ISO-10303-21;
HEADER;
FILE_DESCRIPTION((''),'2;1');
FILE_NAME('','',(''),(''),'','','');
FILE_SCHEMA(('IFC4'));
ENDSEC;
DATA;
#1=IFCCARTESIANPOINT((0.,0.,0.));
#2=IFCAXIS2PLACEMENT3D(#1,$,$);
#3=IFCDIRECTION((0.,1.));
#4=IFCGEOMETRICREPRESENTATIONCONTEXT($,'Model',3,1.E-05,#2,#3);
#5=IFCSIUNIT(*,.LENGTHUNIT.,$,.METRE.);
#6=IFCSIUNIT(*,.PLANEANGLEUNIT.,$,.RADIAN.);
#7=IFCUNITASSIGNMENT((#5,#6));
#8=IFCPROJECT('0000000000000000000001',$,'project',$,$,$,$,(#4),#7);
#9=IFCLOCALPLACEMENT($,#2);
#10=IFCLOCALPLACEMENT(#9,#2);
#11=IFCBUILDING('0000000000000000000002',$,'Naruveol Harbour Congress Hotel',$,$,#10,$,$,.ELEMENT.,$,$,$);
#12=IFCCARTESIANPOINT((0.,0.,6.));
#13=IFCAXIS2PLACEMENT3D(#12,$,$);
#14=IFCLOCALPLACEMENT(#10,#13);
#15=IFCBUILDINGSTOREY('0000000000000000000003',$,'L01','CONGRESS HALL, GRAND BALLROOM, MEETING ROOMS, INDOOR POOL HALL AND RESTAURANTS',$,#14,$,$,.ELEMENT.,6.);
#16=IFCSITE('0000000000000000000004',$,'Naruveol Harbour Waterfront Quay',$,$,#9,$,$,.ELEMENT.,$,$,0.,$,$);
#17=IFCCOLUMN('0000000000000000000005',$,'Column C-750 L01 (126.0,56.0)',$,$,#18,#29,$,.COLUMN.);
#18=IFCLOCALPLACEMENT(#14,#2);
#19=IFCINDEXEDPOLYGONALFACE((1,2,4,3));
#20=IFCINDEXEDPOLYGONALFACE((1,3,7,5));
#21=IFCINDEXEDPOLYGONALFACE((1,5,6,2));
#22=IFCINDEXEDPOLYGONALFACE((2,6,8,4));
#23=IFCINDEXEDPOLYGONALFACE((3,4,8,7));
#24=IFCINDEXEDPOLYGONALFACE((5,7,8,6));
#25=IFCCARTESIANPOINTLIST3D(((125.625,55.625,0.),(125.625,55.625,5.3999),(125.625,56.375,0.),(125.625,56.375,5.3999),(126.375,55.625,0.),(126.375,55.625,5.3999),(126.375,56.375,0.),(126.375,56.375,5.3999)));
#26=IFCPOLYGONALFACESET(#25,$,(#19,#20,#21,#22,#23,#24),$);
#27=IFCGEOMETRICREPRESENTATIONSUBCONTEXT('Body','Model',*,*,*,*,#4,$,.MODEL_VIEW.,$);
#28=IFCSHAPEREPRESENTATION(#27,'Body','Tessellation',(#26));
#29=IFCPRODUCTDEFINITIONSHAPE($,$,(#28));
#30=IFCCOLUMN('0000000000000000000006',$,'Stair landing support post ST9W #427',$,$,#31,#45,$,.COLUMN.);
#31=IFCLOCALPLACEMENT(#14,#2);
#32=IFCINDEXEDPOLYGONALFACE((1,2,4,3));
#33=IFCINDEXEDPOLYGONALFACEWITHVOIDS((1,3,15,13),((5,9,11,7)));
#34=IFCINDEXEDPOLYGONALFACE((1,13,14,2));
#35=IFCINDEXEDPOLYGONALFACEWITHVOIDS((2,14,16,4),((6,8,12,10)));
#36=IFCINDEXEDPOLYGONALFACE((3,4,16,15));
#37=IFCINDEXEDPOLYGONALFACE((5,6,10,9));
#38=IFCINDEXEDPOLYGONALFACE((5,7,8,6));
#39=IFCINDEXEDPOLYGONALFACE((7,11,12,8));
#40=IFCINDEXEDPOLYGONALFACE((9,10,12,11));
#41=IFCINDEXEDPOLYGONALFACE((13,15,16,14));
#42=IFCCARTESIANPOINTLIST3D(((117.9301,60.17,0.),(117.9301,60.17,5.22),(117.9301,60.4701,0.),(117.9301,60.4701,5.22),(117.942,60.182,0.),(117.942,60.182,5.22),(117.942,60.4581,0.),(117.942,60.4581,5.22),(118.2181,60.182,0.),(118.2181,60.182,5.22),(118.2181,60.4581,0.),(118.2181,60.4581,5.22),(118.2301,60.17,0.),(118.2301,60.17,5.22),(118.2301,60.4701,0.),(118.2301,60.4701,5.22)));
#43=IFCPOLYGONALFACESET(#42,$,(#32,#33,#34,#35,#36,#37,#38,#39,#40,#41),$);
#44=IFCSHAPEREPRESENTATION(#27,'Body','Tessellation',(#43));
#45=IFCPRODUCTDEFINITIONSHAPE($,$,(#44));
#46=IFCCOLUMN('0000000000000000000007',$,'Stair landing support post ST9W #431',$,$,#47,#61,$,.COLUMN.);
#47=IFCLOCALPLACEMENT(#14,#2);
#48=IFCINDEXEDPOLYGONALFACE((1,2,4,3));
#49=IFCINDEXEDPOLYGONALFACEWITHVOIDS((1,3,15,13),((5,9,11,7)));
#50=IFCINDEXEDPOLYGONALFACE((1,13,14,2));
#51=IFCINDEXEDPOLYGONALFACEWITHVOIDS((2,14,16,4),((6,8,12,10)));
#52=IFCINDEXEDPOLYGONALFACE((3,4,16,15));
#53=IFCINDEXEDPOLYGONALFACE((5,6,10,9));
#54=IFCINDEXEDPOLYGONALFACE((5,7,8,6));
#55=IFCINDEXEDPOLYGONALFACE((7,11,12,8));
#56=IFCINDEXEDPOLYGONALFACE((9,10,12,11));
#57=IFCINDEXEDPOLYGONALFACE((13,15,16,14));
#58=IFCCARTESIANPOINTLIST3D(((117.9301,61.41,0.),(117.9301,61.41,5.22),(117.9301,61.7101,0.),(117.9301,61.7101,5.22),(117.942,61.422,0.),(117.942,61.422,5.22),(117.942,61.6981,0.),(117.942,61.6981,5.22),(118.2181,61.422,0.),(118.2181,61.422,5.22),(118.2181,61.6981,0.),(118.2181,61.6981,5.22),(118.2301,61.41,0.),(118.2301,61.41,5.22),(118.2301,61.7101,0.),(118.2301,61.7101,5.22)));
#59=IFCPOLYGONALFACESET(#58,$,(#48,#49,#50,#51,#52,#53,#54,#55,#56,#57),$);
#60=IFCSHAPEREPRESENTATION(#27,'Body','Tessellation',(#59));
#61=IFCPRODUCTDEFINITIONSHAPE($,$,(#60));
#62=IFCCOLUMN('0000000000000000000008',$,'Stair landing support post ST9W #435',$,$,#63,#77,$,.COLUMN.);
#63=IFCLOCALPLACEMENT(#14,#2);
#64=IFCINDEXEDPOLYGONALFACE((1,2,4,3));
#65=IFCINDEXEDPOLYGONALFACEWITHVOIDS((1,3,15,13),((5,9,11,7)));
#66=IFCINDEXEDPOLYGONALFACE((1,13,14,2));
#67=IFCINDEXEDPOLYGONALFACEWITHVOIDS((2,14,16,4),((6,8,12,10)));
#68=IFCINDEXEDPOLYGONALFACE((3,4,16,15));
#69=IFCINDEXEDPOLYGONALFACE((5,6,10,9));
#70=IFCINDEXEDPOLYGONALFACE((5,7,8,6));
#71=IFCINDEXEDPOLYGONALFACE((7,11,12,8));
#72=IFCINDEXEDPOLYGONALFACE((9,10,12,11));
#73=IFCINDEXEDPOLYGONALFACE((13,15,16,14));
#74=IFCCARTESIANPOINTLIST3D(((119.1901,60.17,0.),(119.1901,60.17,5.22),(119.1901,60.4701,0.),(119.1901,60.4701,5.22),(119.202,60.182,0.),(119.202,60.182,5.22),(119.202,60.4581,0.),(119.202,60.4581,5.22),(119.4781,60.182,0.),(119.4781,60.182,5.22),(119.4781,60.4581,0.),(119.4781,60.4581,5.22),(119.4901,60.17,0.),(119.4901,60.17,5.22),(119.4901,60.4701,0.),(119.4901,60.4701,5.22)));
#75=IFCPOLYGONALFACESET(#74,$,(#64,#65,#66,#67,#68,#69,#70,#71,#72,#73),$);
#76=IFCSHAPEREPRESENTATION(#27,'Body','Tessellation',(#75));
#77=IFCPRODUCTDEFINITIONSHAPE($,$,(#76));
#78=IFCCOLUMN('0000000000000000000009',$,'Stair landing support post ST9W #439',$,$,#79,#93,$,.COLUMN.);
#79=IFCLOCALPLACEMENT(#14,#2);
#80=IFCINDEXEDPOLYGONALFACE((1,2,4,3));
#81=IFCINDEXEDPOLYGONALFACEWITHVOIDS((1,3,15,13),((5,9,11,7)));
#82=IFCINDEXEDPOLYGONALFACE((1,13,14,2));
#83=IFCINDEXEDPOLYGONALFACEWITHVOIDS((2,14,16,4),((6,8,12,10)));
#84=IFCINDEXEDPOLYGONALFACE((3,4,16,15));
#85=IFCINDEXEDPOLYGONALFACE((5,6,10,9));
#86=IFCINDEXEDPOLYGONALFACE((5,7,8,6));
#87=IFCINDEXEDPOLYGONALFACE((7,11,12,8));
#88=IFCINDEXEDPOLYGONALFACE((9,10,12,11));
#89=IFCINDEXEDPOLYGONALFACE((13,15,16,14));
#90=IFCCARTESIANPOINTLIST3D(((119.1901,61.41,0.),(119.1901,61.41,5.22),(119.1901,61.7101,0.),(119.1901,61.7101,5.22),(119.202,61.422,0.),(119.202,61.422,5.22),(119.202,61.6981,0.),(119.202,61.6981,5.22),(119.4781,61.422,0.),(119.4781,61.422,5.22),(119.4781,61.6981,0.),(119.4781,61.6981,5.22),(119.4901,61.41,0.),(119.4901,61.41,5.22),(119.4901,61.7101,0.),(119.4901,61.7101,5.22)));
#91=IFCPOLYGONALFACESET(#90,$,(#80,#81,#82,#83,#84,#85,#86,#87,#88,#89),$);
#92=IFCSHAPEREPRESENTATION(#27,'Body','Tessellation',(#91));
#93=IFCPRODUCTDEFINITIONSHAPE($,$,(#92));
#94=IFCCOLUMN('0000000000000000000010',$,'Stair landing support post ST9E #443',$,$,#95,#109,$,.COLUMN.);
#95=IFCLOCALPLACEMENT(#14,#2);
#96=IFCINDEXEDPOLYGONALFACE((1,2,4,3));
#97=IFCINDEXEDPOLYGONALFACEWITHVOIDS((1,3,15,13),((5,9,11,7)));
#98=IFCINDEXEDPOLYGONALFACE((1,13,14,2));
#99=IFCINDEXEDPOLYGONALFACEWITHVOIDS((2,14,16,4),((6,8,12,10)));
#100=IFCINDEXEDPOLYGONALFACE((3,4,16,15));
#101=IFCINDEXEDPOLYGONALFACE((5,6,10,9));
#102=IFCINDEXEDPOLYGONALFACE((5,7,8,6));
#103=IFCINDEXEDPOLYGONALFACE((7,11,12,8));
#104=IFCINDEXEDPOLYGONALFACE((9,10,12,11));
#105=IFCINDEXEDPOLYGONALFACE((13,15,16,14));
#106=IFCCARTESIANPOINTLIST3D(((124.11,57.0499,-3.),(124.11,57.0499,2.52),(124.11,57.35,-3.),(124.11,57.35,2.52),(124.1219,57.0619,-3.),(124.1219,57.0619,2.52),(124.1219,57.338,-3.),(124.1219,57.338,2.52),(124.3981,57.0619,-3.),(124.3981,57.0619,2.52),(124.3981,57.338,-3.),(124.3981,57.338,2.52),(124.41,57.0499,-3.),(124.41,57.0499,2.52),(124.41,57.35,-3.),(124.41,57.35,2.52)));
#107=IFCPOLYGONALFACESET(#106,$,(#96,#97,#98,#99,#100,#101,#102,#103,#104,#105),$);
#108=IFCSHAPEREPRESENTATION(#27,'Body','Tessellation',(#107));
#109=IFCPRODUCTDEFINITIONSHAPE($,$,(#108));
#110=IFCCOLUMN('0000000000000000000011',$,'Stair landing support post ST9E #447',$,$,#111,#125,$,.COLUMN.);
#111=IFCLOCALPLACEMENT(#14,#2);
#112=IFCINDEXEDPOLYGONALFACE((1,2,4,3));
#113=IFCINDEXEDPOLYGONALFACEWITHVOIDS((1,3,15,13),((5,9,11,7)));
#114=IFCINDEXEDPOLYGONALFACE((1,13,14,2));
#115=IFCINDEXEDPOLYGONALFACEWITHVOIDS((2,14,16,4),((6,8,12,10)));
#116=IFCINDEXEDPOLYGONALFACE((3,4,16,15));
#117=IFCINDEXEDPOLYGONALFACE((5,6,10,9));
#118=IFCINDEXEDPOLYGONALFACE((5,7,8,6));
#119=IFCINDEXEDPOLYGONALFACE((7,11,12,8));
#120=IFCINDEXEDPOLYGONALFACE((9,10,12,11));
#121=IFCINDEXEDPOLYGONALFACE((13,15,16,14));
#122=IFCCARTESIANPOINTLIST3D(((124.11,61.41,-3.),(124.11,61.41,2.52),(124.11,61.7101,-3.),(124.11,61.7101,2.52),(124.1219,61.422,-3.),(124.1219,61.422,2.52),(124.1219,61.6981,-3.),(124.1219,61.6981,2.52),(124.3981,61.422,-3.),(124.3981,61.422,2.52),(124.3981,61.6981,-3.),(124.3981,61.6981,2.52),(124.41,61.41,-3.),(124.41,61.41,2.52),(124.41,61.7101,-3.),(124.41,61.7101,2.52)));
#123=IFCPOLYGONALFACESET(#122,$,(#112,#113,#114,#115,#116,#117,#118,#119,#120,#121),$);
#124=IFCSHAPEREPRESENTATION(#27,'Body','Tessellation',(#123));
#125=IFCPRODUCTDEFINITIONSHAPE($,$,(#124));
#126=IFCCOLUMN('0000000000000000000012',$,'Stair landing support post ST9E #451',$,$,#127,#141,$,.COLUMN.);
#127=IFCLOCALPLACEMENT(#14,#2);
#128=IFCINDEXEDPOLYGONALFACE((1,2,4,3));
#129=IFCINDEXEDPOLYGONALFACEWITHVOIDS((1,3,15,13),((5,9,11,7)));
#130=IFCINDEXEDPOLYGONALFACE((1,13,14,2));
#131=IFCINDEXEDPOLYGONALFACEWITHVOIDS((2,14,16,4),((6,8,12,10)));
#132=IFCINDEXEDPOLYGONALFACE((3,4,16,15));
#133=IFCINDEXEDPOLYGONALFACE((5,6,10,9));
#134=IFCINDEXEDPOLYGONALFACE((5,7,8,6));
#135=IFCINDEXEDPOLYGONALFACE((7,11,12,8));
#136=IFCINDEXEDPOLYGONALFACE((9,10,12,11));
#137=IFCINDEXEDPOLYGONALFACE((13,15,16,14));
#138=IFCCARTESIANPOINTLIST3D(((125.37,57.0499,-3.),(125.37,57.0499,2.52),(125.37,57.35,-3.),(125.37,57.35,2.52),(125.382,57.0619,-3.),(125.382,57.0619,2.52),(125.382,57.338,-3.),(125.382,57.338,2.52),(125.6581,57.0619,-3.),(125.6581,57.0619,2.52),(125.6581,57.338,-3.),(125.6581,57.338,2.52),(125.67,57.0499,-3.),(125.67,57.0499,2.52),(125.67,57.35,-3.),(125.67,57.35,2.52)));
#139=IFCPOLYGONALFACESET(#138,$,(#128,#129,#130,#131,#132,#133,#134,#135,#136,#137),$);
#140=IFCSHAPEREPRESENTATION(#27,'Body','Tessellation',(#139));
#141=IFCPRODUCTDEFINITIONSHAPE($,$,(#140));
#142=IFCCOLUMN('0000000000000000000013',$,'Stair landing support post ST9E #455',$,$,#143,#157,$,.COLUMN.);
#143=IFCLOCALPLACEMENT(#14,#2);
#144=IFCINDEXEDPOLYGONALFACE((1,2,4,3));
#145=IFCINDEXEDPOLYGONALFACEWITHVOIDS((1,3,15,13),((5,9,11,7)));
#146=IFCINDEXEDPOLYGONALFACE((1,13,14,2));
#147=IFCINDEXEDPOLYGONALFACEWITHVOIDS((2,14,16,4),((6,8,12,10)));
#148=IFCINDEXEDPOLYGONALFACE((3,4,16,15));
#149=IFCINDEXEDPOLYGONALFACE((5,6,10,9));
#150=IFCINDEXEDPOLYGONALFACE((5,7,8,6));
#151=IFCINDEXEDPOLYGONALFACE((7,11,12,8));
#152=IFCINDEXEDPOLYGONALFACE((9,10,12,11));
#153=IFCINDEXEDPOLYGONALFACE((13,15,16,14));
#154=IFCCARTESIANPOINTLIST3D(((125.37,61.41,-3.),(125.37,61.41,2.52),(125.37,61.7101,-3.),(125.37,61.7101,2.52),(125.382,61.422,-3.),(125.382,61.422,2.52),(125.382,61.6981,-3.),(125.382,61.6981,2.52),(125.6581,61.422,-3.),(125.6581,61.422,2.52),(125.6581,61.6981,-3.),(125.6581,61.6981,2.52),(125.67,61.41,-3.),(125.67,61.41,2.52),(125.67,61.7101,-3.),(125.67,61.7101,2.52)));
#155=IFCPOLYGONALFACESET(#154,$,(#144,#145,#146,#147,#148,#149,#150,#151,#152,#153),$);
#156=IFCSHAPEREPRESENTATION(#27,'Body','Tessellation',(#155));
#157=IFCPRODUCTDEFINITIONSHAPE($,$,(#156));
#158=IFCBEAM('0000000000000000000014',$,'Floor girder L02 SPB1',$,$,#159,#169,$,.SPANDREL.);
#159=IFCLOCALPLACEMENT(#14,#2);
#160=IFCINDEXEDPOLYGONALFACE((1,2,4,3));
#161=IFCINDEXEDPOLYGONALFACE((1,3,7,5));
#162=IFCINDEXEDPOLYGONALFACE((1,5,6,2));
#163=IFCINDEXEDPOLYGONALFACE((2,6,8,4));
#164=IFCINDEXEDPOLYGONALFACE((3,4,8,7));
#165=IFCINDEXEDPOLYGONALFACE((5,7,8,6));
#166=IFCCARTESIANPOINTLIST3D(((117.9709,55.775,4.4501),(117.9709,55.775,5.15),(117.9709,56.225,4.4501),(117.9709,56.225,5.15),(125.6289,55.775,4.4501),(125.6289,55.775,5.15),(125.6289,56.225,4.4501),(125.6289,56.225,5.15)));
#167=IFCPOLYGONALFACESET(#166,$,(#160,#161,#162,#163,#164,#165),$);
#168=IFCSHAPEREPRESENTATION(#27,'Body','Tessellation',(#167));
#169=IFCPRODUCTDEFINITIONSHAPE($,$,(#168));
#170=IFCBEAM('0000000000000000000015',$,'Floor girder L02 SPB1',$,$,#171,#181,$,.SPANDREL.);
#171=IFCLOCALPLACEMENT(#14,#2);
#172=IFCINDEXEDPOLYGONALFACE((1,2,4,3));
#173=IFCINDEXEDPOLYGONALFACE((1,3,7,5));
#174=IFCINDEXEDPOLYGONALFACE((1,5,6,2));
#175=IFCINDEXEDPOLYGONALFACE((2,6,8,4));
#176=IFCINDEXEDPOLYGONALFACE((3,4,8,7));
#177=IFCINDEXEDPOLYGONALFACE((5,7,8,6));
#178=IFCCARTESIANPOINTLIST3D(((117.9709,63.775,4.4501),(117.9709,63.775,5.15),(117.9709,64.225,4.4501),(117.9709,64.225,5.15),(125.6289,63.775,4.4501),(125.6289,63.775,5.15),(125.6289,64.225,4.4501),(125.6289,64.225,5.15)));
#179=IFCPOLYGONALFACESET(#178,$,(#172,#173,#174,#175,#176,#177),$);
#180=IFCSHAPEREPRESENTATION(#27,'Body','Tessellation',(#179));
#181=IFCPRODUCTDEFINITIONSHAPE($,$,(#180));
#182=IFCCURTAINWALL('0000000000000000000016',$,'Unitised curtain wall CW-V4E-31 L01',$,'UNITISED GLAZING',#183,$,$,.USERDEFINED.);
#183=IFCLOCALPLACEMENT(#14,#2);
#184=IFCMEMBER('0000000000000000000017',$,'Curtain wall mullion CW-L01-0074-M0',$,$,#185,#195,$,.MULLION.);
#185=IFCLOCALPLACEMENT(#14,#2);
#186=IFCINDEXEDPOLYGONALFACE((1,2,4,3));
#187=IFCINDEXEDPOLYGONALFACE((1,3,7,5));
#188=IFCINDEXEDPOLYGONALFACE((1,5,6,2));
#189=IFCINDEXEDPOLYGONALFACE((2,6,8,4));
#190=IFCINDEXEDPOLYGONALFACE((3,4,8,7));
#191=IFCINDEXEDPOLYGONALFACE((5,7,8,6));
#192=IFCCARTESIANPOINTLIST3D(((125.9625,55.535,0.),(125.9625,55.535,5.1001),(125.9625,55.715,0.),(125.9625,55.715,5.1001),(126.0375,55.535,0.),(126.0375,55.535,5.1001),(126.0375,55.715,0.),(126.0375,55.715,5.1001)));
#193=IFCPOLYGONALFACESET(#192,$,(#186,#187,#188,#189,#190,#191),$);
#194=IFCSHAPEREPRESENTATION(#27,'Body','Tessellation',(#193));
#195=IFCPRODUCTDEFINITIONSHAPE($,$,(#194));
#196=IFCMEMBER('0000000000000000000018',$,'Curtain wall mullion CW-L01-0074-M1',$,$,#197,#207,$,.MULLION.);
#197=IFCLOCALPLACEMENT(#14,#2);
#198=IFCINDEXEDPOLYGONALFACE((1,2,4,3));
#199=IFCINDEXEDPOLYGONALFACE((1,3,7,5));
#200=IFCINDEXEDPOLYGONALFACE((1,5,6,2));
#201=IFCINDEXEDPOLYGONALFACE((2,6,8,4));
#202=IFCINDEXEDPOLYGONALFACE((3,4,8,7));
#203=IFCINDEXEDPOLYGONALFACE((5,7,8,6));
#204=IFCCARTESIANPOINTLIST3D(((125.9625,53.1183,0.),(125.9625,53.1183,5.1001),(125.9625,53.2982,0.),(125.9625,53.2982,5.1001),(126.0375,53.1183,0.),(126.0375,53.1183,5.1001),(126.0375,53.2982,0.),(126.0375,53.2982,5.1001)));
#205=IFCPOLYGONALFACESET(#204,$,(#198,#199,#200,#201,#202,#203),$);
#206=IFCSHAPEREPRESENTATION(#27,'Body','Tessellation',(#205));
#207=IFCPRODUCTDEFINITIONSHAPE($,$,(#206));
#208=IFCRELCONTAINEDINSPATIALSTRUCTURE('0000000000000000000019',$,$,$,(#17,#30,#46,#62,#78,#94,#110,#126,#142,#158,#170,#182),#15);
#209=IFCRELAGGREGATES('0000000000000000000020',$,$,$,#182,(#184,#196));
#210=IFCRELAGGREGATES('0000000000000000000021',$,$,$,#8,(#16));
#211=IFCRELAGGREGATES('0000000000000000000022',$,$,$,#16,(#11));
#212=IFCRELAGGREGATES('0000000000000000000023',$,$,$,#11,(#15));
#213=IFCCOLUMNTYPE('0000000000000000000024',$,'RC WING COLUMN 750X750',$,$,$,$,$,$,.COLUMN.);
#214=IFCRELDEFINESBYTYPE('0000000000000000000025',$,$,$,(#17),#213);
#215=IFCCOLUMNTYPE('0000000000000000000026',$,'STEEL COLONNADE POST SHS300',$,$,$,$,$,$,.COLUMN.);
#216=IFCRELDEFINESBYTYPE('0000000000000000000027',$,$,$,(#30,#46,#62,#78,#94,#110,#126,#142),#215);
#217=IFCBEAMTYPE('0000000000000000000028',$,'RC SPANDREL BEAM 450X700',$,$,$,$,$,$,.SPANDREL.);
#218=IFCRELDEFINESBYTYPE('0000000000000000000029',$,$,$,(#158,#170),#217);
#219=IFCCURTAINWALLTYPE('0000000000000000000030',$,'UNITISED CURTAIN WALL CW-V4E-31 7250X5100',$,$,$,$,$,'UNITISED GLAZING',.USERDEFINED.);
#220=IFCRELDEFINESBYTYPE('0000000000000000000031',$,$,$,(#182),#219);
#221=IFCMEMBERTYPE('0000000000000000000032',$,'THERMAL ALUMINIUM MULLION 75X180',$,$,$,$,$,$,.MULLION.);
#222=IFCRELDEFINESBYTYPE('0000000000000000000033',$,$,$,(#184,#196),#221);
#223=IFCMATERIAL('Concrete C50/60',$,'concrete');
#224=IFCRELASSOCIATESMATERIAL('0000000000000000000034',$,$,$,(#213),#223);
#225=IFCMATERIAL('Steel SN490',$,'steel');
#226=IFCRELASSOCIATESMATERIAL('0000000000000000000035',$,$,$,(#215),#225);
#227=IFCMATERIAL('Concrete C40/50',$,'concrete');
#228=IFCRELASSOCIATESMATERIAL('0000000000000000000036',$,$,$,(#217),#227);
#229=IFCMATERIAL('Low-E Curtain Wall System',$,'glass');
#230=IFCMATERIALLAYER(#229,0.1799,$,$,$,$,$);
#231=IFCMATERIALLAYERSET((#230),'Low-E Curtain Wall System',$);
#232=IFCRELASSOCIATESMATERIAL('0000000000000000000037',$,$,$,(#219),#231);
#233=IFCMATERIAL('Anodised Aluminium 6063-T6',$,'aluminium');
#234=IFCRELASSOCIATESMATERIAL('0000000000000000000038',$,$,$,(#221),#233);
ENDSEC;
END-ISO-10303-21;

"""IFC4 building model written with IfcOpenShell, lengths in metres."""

from ifc_helpers import new_model, si_unit, direction, frame, origin, origin_2d, place, context, subcontext, project, spatial, rectangle, hollow_rectangle, extrude, material, layer, layer_set, material_profile, profile_set, type_object, element, aggregate, save


model = new_model("IFC4")

# Units and contexts
model_context = context("Model", 3, precision=1e-05, world=origin(), true_north=direction((0.0, 1.0)))
body_context = subcontext(model_context, "Body", "Model", "MODEL_VIEW")
ifc_project = project(units=[si_unit("LENGTHUNIT", "METRE"), si_unit("PLANEANGLEUNIT", "RADIAN")], contexts=[model_context])

# Site, building, storey
site_placement = place(None, origin())
site = spatial("IfcSite", under=ifc_project, at=site_placement, Name="Naruveol Harbour Waterfront Quay", CompositionType="ELEMENT", RefElevation=0.0)
building_placement = place(site_placement, origin())
building = spatial("IfcBuilding", under=site, at=building_placement, Name="Naruveol Harbour Congress Hotel", CompositionType="ELEMENT")
storey_placement = place(building_placement, frame((0.0, 0.0, 6.0)))
storey = spatial("IfcBuildingStorey", under=building, at=storey_placement, Name="L01", Description="CONGRESS HALL, GRAND BALLROOM, MEETING ROOMS, INDOOR POOL HALL AND RESTAURANTS", CompositionType="ELEMENT", Elevation=6.0)

# Columns
ifc_material_1 = material(Name="Concrete C50/60", Category="concrete")
ifc_material_profile_1 = material_profile(ifc_material_1, rectangle(XDim=0.75, YDim=0.75, at=origin_2d()), Name="RC-750x750")
ifc_profile_set_1 = profile_set([ifc_material_profile_1], Name="Concrete C50/60")
column_type_1 = type_object("IfcColumnType", Name="RC WING COLUMN 750X750", PredefinedType="COLUMN", material=ifc_profile_set_1)
column_placement = place(storey_placement, frame((126.0, 56.0, 0.0), z_axis=(0.0, 0.0, 1.0), x_axis=(1.0, 0.0, 0.0)))
element("IfcColumn", 1, at=column_placement, inside=storey, type_object=column_type_1, Name="Column C-750 L01 (126.0,56.0)", PredefinedType="COLUMN", context=body_context, shape_type="SweptSolid", body=[
    extrude(rectangle(XDim=0.75, YDim=0.75, at=origin_2d()), origin(), (0.0, 0.0, 1.0), 5.3999),
])
ifc_material_2 = material(Name="Steel SN490", Category="steel")
ifc_material_profile_2 = material_profile(ifc_material_2, hollow_rectangle(XDim=0.3, YDim=0.3, WallThickness=0.012, at=origin_2d()), Name="SHS-300x300x12")
ifc_profile_set_2 = profile_set([ifc_material_profile_2], Name="Steel SN490")
column_type_2 = type_object("IfcColumnType", Name="STEEL COLONNADE POST SHS300", PredefinedType="COLUMN", material=ifc_profile_set_2)
for number, where, z_axis, x_axis, name in (
    (2, (118.0801, 60.3201, 0.0), (0.0, 0.0, 1.0), (1.0, 0.0, 0.0), "Stair landing support post ST9W #427"),
    (3, (118.0801, 61.5601, 0.0), (0.0, 0.0, 1.0), (1.0, 0.0, 0.0), "Stair landing support post ST9W #431"),
    (4, (119.3401, 60.3201, 0.0), (0.0, 0.0, 1.0), (1.0, 0.0, 0.0), "Stair landing support post ST9W #435"),
    (5, (119.3401, 61.5601, 0.0), (0.0, 0.0, 1.0), (1.0, 0.0, 0.0), "Stair landing support post ST9W #439"),
):
    element("IfcColumn", number, at=place(storey_placement, frame(where, z_axis=z_axis, x_axis=x_axis)), inside=storey, type_object=column_type_2, Name=name, PredefinedType="COLUMN", context=body_context, shape_type="SweptSolid", body=[
        extrude(hollow_rectangle(XDim=0.3, YDim=0.3, WallThickness=0.012, at=origin_2d()), origin(), (0.0, 0.0, 1.0), 5.22),
    ])
for number, where, z_axis, x_axis, name in (
    (6, (124.26, 57.2, -3.0), (0.0, 0.0, 1.0), (1.0, 0.0, 0.0), "Stair landing support post ST9E #443"),
    (7, (124.26, 61.5601, -3.0), (0.0, 0.0, 1.0), (1.0, 0.0, 0.0), "Stair landing support post ST9E #447"),
    (8, (125.52, 57.2, -3.0), (0.0, 0.0, 1.0), (1.0, 0.0, 0.0), "Stair landing support post ST9E #451"),
    (9, (125.52, 61.5601, -3.0), (0.0, 0.0, 1.0), (1.0, 0.0, 0.0), "Stair landing support post ST9E #455"),
):
    element("IfcColumn", number, at=place(storey_placement, frame(where, z_axis=z_axis, x_axis=x_axis)), inside=storey, type_object=column_type_2, Name=name, PredefinedType="COLUMN", context=body_context, shape_type="SweptSolid", body=[
        extrude(hollow_rectangle(XDim=0.3, YDim=0.3, WallThickness=0.012, at=origin_2d()), origin(), (0.0, 0.0, 1.0), 5.52),
    ])

# Beams
ifc_material_3 = material(Name="Concrete C40/50", Category="concrete")
ifc_material_profile_3 = material_profile(ifc_material_3, rectangle(XDim=0.45, YDim=0.7, at=origin_2d()), Name="RCB-450x700")
ifc_profile_set_3 = profile_set([ifc_material_profile_3], Name="Concrete C40/50")
beam_type = type_object("IfcBeamType", Name="RC SPANDREL BEAM 450X700", PredefinedType="SPANDREL", material=ifc_profile_set_3)
for number, where, z_axis, x_axis, name in (
    (10, (117.9709, 56.0, 4.8), (1.0, 0.0, 0.0), (0.0, 1.0, 0.0), "Floor girder L02 SPB1"),
    (11, (117.9709, 64.0, 4.8), (1.0, 0.0, 0.0), (0.0, 1.0, 0.0), "Floor girder L02 SPB1"),
):
    element("IfcBeam", number, at=place(storey_placement, frame(where, z_axis=z_axis, x_axis=x_axis)), inside=storey, type_object=beam_type, Name=name, PredefinedType="SPANDREL", context=body_context, shape_type="SweptSolid", body=[
        extrude(rectangle(XDim=0.45, YDim=0.7, at=origin_2d()), origin(), (0.0, 0.0, 1.0), 7.658),
    ])

# Curtain wall, members
ifc_material_4 = material(Name="Low-E Curtain Wall System", Category="glass")
ifc_layer_1 = layer(ifc_material_4, 0.1799)
ifc_layer_set_1 = layer_set([ifc_layer_1], Name="Low-E Curtain Wall System")
curtain_wall_type = type_object("IfcCurtainWallType", Name="UNITISED CURTAIN WALL CW-V4E-31 7250X5100", ElementType="UNITISED GLAZING", PredefinedType="USERDEFINED", material=ifc_layer_set_1)
curtain_wall_placement = place(storey_placement, origin())
curtain_wall = element("IfcCurtainWall", 12, at=curtain_wall_placement, inside=storey, type_object=curtain_wall_type, Name="Unitised curtain wall CW-V4E-31 L01", ObjectType="UNITISED GLAZING", PredefinedType="USERDEFINED")
ifc_material_5 = material(Name="Anodised Aluminium 6063-T6", Category="aluminium")
ifc_material_profile_4 = material_profile(ifc_material_5, rectangle(XDim=0.075, YDim=0.1799, at=origin_2d()), Name="ALU-75x180")
ifc_profile_set_4 = profile_set([ifc_material_profile_4], Name="Anodised Aluminium 6063-T6")
member_type_1 = type_object("IfcMemberType", Name="THERMAL ALUMINIUM MULLION 75X180", PredefinedType="MULLION", material=ifc_profile_set_4)
member_1_placement = place(storey_placement, frame((126.0, 55.625, 0.0), z_axis=(0.0, 0.0, 1.0), x_axis=(1.0, 0.0, 0.0)))
member_1 = element("IfcMember", 13, at=member_1_placement, type_object=member_type_1, Name="Curtain wall mullion CW-L01-0074-M0", PredefinedType="MULLION", context=body_context, shape_type="SweptSolid", body=[
    extrude(rectangle(XDim=0.075, YDim=0.1799, at=origin_2d()), origin(), (0.0, 0.0, 1.0), 5.1001),
])
member_2_placement = place(storey_placement, frame((126.0, 53.2083, 0.0), z_axis=(0.0, 0.0, 1.0), x_axis=(1.0, 0.0, 0.0)))
member_2 = element("IfcMember", 14, at=member_2_placement, type_object=member_type_1, Name="Curtain wall mullion CW-L01-0074-M1", PredefinedType="MULLION", context=body_context, shape_type="SweptSolid", body=[
    extrude(rectangle(XDim=0.075, YDim=0.1799, at=origin_2d()), origin(), (0.0, 0.0, 1.0), 5.1001),
])
aggregate(curtain_wall, [member_1, member_2])

save(model, "model.ifc")
